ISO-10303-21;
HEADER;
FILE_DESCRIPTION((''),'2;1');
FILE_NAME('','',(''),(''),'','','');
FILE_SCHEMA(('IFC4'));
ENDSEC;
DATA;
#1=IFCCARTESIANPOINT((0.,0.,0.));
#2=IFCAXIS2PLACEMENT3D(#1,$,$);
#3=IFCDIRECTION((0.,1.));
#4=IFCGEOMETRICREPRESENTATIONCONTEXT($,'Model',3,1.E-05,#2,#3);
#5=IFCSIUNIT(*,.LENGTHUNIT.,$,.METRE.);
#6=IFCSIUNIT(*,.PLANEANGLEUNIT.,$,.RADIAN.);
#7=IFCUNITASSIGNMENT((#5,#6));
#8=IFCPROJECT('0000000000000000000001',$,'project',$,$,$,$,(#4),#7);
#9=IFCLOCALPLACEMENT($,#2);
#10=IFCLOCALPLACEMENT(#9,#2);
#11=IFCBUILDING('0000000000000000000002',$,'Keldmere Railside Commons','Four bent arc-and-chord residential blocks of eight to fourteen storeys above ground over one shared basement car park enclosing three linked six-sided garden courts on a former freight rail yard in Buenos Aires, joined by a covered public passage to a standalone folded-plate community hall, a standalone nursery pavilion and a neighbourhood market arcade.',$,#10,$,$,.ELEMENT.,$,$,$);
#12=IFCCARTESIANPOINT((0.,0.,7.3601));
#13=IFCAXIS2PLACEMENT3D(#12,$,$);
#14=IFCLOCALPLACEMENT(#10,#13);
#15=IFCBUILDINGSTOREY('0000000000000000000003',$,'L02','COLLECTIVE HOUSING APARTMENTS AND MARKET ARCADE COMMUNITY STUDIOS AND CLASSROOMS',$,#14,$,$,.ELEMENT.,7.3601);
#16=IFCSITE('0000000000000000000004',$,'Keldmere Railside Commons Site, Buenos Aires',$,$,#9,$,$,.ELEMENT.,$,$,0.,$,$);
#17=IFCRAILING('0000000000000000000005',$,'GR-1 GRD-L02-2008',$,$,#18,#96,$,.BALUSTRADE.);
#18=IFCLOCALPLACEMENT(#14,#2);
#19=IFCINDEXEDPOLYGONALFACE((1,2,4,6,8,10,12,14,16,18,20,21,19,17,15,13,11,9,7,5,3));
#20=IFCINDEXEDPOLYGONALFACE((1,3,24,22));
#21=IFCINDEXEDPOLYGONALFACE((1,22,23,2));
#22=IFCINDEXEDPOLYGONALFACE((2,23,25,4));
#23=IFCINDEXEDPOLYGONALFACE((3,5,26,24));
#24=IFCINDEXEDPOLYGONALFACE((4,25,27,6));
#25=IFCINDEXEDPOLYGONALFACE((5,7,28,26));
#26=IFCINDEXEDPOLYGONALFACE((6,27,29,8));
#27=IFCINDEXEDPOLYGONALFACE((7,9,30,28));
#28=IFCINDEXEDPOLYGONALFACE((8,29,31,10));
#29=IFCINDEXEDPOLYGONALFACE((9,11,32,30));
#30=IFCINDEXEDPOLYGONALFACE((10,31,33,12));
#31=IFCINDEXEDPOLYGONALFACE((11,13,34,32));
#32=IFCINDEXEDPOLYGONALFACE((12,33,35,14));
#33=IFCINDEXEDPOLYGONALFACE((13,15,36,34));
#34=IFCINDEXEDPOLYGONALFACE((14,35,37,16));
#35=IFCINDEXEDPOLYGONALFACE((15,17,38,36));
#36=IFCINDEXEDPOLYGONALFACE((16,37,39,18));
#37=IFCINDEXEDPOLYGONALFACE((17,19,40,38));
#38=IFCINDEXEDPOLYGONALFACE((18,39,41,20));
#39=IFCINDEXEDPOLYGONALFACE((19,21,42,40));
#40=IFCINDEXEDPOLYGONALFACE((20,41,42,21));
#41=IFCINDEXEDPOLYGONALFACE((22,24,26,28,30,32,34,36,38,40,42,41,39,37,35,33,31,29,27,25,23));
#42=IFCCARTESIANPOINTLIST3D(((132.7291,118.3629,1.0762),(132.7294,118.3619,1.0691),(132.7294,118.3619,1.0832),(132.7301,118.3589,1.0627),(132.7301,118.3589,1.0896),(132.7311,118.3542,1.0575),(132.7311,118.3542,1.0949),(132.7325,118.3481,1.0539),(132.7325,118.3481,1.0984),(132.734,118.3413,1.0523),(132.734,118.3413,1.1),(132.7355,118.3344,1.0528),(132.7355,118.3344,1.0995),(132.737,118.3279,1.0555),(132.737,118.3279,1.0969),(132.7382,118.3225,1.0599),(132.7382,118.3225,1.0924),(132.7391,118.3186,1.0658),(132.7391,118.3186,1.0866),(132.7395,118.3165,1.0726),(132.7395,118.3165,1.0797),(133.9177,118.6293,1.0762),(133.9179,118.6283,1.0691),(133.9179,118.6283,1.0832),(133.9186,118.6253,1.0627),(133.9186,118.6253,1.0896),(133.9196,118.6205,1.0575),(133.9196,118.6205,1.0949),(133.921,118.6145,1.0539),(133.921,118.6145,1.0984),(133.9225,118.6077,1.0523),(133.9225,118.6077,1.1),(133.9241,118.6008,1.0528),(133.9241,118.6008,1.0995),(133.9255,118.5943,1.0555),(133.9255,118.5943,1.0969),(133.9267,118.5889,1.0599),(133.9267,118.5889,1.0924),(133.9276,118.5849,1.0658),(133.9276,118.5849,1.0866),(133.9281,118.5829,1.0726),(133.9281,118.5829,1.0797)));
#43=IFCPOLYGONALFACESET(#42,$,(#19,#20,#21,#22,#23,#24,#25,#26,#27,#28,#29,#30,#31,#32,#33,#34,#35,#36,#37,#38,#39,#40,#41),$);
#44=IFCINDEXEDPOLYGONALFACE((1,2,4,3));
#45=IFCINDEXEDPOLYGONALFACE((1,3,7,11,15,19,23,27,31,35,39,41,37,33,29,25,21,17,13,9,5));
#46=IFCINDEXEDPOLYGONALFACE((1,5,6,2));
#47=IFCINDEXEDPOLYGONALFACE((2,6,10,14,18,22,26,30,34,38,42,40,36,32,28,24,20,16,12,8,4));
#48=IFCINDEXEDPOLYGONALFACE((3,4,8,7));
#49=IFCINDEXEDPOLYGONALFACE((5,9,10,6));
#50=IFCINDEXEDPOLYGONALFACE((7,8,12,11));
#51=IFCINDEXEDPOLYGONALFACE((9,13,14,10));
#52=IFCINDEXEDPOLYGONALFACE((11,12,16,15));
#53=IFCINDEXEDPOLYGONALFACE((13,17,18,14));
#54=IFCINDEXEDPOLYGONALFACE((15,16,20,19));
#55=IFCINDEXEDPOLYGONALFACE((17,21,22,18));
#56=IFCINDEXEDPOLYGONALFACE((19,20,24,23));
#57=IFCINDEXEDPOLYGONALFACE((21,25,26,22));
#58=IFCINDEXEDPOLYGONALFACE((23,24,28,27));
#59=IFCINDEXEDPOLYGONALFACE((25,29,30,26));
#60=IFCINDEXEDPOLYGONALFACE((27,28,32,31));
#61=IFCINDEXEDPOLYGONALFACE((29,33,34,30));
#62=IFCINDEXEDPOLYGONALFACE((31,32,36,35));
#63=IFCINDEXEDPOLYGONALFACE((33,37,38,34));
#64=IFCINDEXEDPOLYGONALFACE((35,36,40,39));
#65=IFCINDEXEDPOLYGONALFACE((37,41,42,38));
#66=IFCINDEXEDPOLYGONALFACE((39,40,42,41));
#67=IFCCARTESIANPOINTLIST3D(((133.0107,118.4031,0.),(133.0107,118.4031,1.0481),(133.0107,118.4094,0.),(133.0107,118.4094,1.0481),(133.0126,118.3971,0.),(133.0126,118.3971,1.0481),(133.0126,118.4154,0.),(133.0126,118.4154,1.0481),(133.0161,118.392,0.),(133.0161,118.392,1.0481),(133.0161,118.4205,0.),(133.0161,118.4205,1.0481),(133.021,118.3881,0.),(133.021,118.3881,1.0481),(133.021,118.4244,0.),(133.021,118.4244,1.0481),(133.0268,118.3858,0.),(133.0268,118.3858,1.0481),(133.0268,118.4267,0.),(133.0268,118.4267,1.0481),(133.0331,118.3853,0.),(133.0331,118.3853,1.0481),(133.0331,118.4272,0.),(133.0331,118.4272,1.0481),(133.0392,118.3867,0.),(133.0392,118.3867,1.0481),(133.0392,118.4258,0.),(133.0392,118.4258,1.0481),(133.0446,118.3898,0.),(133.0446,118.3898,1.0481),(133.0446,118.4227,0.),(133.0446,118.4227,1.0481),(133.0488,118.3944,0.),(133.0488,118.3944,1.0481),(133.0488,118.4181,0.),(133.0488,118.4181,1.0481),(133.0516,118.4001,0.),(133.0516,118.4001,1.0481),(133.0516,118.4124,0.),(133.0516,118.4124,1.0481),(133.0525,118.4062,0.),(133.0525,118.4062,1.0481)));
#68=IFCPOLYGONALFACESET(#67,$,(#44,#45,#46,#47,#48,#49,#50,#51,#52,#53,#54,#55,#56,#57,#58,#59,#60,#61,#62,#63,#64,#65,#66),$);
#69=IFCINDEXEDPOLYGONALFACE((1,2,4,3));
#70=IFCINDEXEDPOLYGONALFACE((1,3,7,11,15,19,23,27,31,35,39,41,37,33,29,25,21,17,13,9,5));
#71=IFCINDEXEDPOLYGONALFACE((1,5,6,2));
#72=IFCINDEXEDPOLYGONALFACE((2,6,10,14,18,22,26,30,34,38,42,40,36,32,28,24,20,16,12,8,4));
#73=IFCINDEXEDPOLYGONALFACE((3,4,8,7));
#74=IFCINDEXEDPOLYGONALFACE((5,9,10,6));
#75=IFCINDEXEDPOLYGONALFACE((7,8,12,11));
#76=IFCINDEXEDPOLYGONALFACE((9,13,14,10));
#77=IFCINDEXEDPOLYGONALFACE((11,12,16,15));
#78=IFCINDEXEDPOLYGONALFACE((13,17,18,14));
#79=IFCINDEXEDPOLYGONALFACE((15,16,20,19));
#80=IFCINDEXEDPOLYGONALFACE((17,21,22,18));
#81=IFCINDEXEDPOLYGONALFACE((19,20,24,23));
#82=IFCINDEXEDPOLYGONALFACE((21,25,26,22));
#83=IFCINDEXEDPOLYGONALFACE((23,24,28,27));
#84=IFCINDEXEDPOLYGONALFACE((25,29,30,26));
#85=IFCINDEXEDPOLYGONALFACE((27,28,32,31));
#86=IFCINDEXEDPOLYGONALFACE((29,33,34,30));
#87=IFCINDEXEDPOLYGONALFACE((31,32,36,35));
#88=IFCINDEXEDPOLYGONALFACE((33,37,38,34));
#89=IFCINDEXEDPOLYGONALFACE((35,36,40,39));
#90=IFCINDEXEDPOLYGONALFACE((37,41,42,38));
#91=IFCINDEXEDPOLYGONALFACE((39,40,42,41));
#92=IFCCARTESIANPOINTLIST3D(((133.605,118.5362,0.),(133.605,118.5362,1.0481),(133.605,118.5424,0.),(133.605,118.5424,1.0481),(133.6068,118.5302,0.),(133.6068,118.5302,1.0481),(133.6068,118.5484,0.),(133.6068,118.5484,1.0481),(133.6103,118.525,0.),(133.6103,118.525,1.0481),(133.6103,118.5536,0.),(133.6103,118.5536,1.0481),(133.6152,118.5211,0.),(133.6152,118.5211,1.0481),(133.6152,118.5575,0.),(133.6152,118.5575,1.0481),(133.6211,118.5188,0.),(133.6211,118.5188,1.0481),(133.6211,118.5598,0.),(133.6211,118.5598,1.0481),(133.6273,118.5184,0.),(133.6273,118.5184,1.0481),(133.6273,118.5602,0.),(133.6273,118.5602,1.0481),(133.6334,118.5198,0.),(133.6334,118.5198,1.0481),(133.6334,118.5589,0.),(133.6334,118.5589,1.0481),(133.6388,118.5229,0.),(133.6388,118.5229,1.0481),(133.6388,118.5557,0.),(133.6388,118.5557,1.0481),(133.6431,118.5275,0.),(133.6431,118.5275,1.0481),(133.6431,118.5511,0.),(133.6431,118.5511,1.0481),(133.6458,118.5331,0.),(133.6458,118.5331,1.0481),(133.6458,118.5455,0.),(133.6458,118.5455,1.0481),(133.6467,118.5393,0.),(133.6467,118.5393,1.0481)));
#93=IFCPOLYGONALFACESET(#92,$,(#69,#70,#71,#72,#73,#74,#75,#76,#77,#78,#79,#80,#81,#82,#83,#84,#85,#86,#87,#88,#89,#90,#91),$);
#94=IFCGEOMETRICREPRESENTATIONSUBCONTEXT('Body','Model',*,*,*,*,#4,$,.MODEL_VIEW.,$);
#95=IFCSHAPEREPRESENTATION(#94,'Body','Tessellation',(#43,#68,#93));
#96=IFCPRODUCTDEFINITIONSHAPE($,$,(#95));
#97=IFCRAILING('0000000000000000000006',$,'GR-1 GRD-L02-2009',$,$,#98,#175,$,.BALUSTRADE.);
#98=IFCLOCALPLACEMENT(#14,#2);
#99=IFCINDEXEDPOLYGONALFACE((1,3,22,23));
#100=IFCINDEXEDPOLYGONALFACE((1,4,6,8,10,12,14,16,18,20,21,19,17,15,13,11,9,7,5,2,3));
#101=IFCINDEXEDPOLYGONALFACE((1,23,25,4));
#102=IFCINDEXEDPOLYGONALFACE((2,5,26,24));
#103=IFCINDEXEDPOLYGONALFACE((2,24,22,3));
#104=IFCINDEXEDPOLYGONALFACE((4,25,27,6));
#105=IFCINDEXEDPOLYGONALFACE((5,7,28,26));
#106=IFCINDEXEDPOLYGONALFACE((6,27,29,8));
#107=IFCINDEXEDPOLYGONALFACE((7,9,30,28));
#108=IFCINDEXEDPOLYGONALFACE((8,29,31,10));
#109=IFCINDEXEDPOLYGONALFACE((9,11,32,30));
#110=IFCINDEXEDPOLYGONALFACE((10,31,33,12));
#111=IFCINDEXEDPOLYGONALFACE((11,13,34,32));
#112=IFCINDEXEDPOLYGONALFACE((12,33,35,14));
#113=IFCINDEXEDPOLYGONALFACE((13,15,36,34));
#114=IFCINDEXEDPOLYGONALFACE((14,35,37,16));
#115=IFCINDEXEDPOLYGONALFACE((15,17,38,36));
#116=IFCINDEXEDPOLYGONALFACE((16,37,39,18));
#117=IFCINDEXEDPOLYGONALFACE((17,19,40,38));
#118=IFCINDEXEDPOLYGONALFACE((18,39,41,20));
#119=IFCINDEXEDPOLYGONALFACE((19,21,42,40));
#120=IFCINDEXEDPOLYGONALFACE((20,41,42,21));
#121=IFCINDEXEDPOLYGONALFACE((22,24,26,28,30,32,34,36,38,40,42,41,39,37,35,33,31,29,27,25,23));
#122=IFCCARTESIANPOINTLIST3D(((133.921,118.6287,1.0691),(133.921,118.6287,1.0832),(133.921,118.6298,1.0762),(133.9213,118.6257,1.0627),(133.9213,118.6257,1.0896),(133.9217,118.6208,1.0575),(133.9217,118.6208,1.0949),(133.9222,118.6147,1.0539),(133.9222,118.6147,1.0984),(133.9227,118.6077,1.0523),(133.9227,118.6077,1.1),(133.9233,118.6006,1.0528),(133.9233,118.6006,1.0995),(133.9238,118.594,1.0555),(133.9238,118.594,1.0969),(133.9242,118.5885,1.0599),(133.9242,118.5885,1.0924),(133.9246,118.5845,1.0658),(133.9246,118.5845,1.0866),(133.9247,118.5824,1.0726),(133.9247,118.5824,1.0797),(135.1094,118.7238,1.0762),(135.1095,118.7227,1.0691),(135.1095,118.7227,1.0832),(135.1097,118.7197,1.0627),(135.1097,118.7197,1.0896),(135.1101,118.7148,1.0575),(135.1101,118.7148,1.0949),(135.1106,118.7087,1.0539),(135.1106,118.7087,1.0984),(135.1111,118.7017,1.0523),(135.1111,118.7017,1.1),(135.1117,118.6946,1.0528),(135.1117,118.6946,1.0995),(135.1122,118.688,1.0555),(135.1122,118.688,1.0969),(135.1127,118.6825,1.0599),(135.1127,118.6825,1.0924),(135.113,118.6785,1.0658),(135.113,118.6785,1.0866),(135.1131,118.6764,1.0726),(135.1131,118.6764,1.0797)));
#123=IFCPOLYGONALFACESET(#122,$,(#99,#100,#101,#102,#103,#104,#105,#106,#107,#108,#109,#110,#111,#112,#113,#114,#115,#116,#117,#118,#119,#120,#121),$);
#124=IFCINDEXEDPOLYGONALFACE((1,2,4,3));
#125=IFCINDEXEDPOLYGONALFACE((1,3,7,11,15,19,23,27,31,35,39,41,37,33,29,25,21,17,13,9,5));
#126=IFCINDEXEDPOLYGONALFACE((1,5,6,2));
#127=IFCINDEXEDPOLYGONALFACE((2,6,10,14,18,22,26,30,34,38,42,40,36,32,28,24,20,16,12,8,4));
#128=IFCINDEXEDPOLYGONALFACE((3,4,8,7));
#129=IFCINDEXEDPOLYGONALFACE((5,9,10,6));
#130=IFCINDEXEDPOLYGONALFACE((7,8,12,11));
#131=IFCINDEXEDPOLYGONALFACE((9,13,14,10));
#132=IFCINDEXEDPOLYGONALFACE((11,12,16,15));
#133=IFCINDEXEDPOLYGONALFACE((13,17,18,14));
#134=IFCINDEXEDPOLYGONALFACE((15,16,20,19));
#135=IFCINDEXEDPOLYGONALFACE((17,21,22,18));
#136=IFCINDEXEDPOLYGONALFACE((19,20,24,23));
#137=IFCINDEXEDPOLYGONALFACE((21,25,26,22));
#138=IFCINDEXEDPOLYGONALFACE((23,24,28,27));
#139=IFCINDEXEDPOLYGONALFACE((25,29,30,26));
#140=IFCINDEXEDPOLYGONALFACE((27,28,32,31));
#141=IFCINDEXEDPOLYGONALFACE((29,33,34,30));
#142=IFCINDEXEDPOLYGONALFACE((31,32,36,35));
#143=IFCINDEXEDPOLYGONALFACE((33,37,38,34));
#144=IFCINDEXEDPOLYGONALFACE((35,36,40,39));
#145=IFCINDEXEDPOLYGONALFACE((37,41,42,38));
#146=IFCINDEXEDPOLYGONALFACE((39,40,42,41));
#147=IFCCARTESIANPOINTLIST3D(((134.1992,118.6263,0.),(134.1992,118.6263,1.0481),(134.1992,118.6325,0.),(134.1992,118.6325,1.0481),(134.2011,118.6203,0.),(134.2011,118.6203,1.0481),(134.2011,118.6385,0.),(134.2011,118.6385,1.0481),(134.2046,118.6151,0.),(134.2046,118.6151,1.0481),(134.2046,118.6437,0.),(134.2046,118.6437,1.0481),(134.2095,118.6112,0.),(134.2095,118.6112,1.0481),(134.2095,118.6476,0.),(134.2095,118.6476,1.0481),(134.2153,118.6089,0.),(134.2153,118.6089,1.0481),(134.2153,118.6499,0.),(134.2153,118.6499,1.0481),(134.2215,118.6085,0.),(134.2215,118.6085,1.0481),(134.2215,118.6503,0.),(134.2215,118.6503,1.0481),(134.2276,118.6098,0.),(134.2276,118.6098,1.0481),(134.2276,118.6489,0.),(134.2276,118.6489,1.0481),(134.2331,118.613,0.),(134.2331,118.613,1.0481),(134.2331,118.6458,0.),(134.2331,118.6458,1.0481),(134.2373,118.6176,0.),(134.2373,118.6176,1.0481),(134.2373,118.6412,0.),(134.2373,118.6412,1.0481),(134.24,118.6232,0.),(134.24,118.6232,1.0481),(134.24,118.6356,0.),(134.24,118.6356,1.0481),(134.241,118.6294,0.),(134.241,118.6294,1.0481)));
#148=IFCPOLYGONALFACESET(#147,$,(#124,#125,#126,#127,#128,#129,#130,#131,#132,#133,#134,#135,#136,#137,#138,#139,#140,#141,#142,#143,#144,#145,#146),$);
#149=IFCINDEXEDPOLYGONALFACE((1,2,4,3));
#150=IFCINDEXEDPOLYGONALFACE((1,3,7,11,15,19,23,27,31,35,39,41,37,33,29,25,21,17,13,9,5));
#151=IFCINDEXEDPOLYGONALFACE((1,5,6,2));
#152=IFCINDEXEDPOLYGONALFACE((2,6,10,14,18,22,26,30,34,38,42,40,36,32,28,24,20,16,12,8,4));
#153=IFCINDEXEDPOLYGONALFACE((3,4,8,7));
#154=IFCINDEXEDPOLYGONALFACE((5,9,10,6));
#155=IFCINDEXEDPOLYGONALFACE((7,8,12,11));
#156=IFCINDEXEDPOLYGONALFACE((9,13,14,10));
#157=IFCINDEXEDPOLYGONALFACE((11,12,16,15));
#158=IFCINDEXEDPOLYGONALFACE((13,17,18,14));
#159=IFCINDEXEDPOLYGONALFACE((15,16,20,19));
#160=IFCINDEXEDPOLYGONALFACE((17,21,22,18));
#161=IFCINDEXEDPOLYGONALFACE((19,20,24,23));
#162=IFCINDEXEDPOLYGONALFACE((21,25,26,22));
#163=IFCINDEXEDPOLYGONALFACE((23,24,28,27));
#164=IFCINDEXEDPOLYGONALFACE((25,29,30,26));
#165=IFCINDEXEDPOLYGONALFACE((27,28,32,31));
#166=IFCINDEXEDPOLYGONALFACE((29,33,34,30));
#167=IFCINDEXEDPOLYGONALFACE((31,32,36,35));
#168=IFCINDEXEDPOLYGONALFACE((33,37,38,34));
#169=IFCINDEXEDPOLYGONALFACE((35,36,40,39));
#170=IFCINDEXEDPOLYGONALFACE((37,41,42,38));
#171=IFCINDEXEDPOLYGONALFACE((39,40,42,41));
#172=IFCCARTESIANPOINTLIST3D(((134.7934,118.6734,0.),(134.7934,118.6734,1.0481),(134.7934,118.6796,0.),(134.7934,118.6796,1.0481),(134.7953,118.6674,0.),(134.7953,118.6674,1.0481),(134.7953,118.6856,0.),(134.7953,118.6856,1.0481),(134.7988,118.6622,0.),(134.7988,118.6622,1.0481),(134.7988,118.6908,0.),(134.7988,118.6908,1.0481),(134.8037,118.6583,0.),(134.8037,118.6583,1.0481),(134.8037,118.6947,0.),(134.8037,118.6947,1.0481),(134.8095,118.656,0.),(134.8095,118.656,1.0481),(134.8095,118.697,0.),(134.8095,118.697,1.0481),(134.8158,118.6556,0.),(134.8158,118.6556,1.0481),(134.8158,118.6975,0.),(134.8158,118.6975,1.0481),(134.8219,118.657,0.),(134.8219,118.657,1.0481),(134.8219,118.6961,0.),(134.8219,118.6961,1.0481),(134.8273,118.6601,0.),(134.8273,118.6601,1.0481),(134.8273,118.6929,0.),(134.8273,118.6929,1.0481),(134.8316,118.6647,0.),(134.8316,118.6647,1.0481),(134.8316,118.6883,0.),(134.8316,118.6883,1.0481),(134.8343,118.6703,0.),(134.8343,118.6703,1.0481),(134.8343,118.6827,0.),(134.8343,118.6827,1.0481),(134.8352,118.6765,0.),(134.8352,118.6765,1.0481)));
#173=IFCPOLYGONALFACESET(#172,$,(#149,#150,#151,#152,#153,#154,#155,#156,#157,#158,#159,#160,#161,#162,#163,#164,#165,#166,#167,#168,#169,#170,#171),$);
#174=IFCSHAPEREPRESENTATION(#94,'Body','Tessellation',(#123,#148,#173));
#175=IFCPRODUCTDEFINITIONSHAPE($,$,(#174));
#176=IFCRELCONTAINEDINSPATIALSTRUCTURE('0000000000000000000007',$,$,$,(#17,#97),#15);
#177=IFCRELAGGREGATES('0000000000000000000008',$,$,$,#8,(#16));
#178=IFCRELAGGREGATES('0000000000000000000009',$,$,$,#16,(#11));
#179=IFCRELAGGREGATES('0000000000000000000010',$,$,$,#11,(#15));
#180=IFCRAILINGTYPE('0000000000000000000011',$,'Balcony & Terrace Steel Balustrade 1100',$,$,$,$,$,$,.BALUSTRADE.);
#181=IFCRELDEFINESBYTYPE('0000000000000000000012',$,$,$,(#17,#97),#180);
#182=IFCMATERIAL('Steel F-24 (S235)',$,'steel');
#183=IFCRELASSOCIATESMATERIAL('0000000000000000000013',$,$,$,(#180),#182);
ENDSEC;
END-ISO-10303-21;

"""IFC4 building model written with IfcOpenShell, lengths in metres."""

from ifc_helpers import new_model, si_unit, direction, frame, origin, origin_2d, place, context, subcontext, project, spatial, circle, extrude, material, type_object, element, save


model = new_model("IFC4")

# Units and contexts
model_context = context("Model", 3, precision=1e-05, world=origin(), true_north=direction((0.0, 1.0)))
body_context = subcontext(model_context, "Body", "Model", "MODEL_VIEW")
ifc_project = project(units=[si_unit("LENGTHUNIT", "METRE"), si_unit("PLANEANGLEUNIT", "RADIAN")], contexts=[model_context])

# Site, building, storey
site_placement = place(None, origin())
site = spatial("IfcSite", under=ifc_project, at=site_placement, Name="Keldmere Railside Commons Site, Buenos Aires", CompositionType="ELEMENT", RefElevation=0.0)
building_placement = place(site_placement, origin())
building = spatial("IfcBuilding", under=site, at=building_placement, Name="Keldmere Railside Commons", Description="Four bent arc-and-chord residential blocks of eight to fourteen storeys above ground over one shared basement car park enclosing three linked six-sided garden courts on a former freight rail yard in Buenos Aires, joined by a covered public passage to a standalone folded-plate community hall, a standalone nursery pavilion and a neighbourhood market arcade.", CompositionType="ELEMENT")
storey_placement = place(building_placement, frame((0.0, 0.0, 7.3601)))
storey = spatial("IfcBuildingStorey", under=building, at=storey_placement, Name="L02", Description="COLLECTIVE HOUSING APARTMENTS AND MARKET ARCADE COMMUNITY STUDIOS AND CLASSROOMS", CompositionType="ELEMENT", Elevation=7.3601)

# Railings
ifc_material_1 = material(Name="Steel F-24 (S235)", Category="steel")
railing_type = type_object("IfcRailingType", Name="Balcony & Terrace Steel Balustrade 1100", PredefinedType="BALUSTRADE", material=ifc_material_1)
railing_1_placement = place(storey_placement, frame((132.7344, 118.3396, 0.0)))
element("IfcRailing", 1, at=railing_1_placement, inside=storey, type_object=railing_type, Name="GR-1 GRD-L02-2008", PredefinedType="BALUSTRADE", context=body_context, shape_type="SweptSolid", body=[
    extrude(circle(Radius=0.0239, at=origin_2d()), frame((0.0, 0.0, 1.0762), z_axis=(0.975794, 0.218692, 0.0), x_axis=(-0.218692, 0.975794, 0.0)), (0.0, 0.0, 1.0), 1.218),
    extrude(circle(Radius=0.021, at=origin_2d()), frame((0.2971, 0.0667, 0.0)), (0.0, 0.0, 1.0), 1.0481),
    extrude(circle(Radius=0.021, at=origin_2d()), frame((0.8914, 0.1997, 0.0)), (0.0, 0.0, 1.0), 1.0481),
])
railing_2_placement = place(storey_placement, frame((133.9229, 118.606, 0.0)))
element("IfcRailing", 2, at=railing_2_placement, inside=storey, type_object=railing_type, Name="GR-1 GRD-L02-2009", PredefinedType="BALUSTRADE", context=body_context, shape_type="SweptSolid", body=[
    extrude(circle(Radius=0.0239, at=origin_2d()), frame((0.0, 0.0, 1.0762), z_axis=(0.996887, 0.078842, 0.0), x_axis=(-0.078842, 0.996887, 0.0)), (0.0, 0.0, 1.0), 1.1921),
    extrude(circle(Radius=0.021, at=origin_2d()), frame((0.2971, 0.0234, 0.0)), (0.0, 0.0, 1.0), 1.0481),
    extrude(circle(Radius=0.021, at=origin_2d()), frame((0.8914, 0.0706, 0.0)), (0.0, 0.0, 1.0), 1.0481),
])

save(model, "model.ifc")
